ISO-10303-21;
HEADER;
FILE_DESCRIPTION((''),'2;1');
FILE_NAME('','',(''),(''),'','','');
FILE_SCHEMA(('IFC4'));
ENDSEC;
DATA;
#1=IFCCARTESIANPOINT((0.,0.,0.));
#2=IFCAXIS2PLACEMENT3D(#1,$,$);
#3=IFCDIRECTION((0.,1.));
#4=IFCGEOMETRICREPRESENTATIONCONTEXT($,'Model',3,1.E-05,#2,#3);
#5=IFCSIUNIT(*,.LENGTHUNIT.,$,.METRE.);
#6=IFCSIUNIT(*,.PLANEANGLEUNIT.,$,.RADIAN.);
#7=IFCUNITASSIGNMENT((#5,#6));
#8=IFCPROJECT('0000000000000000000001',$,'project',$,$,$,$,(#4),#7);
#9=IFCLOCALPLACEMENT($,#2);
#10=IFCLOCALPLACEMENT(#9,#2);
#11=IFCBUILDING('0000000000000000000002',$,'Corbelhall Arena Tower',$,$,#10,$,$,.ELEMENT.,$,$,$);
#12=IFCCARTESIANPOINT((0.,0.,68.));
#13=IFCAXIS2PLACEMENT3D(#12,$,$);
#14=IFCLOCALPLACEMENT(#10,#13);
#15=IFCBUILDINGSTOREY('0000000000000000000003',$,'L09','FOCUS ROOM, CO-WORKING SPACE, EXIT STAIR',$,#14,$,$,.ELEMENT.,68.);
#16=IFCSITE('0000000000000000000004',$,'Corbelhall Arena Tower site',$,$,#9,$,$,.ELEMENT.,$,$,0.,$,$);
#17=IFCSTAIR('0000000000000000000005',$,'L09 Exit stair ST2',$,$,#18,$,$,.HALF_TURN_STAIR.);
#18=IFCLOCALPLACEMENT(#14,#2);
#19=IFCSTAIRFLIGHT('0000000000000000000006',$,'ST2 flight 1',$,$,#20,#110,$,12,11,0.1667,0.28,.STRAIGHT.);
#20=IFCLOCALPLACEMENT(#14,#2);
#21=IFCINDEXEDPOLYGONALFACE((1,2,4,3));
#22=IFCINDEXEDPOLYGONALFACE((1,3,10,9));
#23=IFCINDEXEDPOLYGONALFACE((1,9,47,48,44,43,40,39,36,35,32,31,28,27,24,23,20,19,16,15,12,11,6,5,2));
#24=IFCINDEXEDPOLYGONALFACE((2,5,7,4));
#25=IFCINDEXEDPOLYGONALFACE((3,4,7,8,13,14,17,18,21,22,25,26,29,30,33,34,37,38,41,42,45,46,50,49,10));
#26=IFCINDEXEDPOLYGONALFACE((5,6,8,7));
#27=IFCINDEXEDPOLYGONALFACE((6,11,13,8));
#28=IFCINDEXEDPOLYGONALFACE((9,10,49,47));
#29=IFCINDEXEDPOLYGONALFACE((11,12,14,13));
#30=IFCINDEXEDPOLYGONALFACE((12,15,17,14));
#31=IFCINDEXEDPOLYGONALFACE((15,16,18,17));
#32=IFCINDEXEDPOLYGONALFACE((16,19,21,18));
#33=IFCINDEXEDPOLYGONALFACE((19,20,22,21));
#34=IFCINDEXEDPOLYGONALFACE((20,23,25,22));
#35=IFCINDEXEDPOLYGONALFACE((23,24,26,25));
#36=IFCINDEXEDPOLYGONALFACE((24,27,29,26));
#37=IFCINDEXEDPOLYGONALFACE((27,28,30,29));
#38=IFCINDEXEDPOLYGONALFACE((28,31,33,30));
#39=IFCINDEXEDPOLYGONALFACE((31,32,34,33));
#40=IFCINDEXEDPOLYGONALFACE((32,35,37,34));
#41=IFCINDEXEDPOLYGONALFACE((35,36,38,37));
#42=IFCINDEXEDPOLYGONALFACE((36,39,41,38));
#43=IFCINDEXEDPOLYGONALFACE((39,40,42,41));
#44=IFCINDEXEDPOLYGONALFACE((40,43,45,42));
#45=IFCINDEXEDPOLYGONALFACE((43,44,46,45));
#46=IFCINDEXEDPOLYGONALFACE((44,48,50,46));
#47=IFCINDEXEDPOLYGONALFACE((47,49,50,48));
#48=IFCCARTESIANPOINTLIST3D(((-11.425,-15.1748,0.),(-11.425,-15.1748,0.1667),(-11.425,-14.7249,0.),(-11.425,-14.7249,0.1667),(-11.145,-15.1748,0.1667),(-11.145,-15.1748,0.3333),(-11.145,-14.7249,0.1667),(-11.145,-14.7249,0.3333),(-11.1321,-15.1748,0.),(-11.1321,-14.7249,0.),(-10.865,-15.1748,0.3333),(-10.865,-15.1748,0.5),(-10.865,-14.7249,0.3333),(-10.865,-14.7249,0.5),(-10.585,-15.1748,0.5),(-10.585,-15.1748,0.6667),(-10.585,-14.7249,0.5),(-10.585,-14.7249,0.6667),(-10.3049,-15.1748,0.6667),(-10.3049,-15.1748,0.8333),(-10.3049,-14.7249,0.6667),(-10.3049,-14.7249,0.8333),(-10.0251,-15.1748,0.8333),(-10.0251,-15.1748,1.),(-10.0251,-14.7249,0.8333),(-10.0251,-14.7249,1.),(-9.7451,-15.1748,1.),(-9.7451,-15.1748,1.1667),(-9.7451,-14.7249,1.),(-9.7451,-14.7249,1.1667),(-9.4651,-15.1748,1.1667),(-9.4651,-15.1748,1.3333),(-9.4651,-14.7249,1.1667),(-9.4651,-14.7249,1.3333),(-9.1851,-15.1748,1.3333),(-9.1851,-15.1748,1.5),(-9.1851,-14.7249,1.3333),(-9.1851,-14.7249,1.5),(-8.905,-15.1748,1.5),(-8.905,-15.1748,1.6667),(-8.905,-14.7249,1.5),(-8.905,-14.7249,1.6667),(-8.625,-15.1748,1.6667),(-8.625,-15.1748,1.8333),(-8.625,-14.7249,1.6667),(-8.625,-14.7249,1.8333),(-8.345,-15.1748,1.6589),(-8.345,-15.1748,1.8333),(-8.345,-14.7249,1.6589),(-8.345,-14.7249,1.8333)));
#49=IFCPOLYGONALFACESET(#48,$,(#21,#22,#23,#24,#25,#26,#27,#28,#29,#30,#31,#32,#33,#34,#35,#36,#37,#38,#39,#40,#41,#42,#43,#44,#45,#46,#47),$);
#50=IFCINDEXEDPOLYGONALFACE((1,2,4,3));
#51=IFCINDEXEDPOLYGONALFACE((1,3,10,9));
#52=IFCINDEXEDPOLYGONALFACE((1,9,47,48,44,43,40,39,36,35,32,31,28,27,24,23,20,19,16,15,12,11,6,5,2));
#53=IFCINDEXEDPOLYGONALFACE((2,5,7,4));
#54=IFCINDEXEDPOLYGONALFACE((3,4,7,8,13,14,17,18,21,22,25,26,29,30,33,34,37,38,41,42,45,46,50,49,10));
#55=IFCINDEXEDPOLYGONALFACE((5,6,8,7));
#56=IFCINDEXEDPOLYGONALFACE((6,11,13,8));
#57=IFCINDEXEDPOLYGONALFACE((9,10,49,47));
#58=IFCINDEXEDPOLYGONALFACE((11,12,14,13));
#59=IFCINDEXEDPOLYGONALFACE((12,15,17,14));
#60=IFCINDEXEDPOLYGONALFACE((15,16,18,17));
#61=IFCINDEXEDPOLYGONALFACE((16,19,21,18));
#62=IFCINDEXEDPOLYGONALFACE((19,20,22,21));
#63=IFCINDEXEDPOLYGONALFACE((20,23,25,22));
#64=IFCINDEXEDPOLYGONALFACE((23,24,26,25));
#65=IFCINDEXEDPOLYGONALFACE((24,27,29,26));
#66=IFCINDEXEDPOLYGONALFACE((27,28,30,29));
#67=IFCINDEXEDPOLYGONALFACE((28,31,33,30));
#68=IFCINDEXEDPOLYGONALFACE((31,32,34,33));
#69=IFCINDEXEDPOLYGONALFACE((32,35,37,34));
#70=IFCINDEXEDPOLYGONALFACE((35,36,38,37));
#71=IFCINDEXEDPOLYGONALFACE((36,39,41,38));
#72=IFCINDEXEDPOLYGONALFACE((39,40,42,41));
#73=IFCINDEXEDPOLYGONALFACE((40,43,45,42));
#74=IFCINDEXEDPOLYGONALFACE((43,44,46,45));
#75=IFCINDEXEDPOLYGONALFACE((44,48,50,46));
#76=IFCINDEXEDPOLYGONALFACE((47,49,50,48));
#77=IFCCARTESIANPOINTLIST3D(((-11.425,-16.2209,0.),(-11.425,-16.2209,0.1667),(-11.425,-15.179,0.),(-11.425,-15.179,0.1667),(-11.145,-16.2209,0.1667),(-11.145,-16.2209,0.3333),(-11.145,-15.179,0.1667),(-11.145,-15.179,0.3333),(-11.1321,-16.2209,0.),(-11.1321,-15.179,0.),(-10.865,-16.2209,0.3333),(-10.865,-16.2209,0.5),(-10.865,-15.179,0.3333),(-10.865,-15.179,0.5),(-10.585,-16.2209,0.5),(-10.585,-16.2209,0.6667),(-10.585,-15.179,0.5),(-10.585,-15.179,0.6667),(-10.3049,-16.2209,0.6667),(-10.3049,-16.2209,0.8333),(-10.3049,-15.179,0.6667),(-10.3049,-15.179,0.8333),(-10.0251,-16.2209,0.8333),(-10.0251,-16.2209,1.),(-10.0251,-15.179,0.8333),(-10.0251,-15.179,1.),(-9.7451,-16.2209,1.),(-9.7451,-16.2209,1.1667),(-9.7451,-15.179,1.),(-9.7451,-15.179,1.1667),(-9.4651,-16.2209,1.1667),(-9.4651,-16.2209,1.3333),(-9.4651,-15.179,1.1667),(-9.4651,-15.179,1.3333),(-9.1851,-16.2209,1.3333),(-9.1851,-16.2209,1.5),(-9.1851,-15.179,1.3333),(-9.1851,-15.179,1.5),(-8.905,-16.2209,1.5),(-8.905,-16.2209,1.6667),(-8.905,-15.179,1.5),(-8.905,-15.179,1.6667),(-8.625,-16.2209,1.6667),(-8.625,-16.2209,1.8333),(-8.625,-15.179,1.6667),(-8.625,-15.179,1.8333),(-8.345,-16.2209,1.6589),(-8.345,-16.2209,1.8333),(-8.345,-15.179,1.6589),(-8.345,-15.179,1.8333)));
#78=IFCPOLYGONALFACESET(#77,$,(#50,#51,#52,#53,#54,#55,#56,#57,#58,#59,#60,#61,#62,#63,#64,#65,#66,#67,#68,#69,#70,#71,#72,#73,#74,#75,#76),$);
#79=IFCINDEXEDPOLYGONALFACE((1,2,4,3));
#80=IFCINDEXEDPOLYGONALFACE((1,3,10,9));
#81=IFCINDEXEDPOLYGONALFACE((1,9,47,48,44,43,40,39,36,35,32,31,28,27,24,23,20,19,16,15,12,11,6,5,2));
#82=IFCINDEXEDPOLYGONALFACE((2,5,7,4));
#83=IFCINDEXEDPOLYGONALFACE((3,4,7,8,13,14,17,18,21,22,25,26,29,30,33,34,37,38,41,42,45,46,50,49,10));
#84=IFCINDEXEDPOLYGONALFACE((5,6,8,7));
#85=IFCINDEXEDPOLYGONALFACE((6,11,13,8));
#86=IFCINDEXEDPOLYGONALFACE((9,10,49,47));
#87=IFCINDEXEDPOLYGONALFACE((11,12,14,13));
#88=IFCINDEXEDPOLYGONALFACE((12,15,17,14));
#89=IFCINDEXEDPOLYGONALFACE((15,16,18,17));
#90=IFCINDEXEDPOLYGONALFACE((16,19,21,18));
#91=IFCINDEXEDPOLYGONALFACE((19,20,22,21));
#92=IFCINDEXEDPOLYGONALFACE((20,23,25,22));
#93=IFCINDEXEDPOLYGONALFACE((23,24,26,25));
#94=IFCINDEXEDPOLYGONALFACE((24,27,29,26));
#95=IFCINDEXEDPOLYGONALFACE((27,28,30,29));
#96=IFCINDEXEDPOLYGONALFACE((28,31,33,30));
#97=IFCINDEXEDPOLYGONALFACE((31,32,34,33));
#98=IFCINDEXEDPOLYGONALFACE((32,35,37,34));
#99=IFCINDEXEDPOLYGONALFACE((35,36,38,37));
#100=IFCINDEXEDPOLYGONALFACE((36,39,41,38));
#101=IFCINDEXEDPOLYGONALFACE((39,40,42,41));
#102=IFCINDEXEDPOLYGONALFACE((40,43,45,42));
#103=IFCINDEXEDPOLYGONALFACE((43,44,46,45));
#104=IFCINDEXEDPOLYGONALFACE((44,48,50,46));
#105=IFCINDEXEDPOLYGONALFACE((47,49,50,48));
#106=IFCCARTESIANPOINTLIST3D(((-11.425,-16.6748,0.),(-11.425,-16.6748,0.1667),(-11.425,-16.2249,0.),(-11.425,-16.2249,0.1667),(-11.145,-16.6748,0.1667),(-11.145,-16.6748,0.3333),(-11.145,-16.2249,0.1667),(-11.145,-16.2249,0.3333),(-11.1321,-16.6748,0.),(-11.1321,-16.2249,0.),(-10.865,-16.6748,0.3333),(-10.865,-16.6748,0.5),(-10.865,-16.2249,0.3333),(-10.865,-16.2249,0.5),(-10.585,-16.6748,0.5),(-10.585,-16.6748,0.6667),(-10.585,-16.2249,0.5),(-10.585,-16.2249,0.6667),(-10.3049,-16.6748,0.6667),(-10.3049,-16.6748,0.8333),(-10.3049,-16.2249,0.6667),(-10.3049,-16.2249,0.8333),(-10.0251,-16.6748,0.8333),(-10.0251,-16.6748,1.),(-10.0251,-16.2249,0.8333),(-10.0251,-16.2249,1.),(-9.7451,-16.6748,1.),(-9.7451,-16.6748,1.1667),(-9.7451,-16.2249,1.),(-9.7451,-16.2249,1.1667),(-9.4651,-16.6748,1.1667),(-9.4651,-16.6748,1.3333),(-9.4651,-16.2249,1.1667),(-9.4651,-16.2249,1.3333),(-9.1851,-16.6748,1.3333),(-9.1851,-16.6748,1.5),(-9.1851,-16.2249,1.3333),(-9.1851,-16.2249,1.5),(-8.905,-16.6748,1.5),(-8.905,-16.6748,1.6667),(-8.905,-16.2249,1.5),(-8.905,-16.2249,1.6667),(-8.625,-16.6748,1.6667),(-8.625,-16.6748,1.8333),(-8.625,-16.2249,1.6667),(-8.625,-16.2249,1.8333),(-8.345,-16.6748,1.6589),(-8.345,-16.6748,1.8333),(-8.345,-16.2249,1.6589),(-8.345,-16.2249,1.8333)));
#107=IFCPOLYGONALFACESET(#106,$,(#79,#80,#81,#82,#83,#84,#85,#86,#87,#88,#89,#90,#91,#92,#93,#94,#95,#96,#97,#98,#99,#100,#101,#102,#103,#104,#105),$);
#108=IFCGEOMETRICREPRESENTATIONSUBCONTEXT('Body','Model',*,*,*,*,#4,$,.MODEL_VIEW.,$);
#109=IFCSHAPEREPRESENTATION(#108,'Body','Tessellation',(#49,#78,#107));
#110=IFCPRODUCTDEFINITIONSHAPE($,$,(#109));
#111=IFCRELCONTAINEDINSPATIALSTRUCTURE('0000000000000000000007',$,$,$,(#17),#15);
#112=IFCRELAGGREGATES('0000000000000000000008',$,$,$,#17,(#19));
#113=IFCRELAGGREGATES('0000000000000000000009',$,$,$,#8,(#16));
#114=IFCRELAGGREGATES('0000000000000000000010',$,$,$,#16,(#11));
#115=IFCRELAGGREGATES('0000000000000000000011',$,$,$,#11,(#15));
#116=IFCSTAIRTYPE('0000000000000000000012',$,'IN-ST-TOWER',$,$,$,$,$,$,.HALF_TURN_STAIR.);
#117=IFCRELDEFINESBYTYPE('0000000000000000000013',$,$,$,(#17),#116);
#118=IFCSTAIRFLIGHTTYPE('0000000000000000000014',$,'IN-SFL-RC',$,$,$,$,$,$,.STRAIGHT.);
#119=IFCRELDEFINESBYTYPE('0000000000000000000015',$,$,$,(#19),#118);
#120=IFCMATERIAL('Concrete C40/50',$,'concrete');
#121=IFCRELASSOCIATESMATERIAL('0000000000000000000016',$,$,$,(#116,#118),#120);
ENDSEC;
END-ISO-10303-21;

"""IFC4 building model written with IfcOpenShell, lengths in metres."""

from ifc_helpers import new_model, si_unit, direction, frame, origin, place, context, subcontext, project, spatial, polyline, outline, extrude, material, type_object, element, aggregate, save


model = new_model("IFC4")

# Units and contexts
model_context = context("Model", 3, precision=1e-05, world=origin(), true_north=direction((0.0, 1.0)))
body_context = subcontext(model_context, "Body", "Model", "MODEL_VIEW")
ifc_project = project(units=[si_unit("LENGTHUNIT", "METRE"), si_unit("PLANEANGLEUNIT", "RADIAN")], contexts=[model_context])

# Site, building, storey
site_placement = place(None, origin())
site = spatial("IfcSite", under=ifc_project, at=site_placement, Name="Corbelhall Arena Tower site", CompositionType="ELEMENT", RefElevation=0.0)
building_placement = place(site_placement, origin())
building = spatial("IfcBuilding", under=site, at=building_placement, Name="Corbelhall Arena Tower", CompositionType="ELEMENT")
storey_placement = place(building_placement, frame((0.0, 0.0, 68.0)))
storey = spatial("IfcBuildingStorey", under=building, at=storey_placement, Name="L09", Description="FOCUS ROOM, CO-WORKING SPACE, EXIT STAIR", CompositionType="ELEMENT", Elevation=68.0)

# Stair, stair flight
ifc_material_1 = material(Name="Concrete C40/50", Category="concrete")
stair_type = type_object("IfcStairType", Name="IN-ST-TOWER", PredefinedType="HALF_TURN_STAIR", material=ifc_material_1)
stair_placement = place(storey_placement, origin())
stair = element("IfcStair", 1, at=stair_placement, inside=storey, type_object=stair_type, Name="L09 Exit stair ST2", PredefinedType="HALF_TURN_STAIR")
stair_flight_type = type_object("IfcStairFlightType", Name="IN-SFL-RC", PredefinedType="STRAIGHT", material=ifc_material_1)
stair_flight_placement = place(storey_placement, frame((-11.425, -15.7, 0.0), z_axis=(0.0, 0.0, 1.0), x_axis=(1.0, 0.0, 0.0)))
stair_flight = element("IfcStairFlight", 2, at=stair_flight_placement, type_object=stair_flight_type, Name="ST2 flight 1", NumberOfRisers=12, NumberOfTreads=11, PredefinedType="STRAIGHT", RiserHeight=0.1667, TreadLength=0.28, context=body_context, shape_type="SweptSolid", body=[
    extrude(outline(polyline([(0.0, 0.0), (0.0, 0.1667), (0.28, 0.1667), (0.28, 0.3333), (0.5601, 0.3333), (0.5601, 0.5), (0.8401, 0.5), (0.8401, 0.6667), (1.1201, 0.6667), (1.1201, 0.8333), (1.3999, 0.8333), (1.3999, 1.0), (1.6799, 1.0), (1.6799, 1.1667), (1.96, 1.1667), (1.96, 1.3333), (2.24, 1.3333), (2.24, 1.5), (2.52, 1.5), (2.52, 1.6667), (2.8, 1.6667), (2.8, 1.8333), (3.0801, 1.8333), (3.0801, 2.0), (3.0801, 1.6589), (0.293, 0.0), (0.0, 0.0)])), frame((0.0, 0.9751, 0.0), z_axis=(0.0, -1.0, 0.0), x_axis=(1.0, 0.0, 0.0)), (0.0, 0.0, 1.0), 0.45),
    extrude(outline(polyline([(0.0, 0.0), (0.0, 0.1667), (0.28, 0.1667), (0.28, 0.3333), (0.5601, 0.3333), (0.5601, 0.5), (0.8401, 0.5), (0.8401, 0.6667), (1.1201, 0.6667), (1.1201, 0.8333), (1.3999, 0.8333), (1.3999, 1.0), (1.6799, 1.0), (1.6799, 1.1667), (1.96, 1.1667), (1.96, 1.3333), (2.24, 1.3333), (2.24, 1.5), (2.52, 1.5), (2.52, 1.6667), (2.8, 1.6667), (2.8, 1.8333), (3.0801, 1.8333), (3.0801, 2.0), (3.0801, 1.6589), (0.293, 0.0), (0.0, 0.0)])), frame((0.0, 0.521, 0.0), z_axis=(0.0, -1.0, 0.0), x_axis=(1.0, 0.0, 0.0)), (0.0, 0.0, 1.0), 1.042),
    extrude(outline(polyline([(0.0, 0.0), (0.0, 0.1667), (0.28, 0.1667), (0.28, 0.3333), (0.5601, 0.3333), (0.5601, 0.5), (0.8401, 0.5), (0.8401, 0.6667), (1.1201, 0.6667), (1.1201, 0.8333), (1.3999, 0.8333), (1.3999, 1.0), (1.6799, 1.0), (1.6799, 1.1667), (1.96, 1.1667), (1.96, 1.3333), (2.24, 1.3333), (2.24, 1.5), (2.52, 1.5), (2.52, 1.6667), (2.8, 1.6667), (2.8, 1.8333), (3.0801, 1.8333), (3.0801, 2.0), (3.0801, 1.6589), (0.293, 0.0), (0.0, 0.0)])), frame((0.0, -0.5249, 0.0), z_axis=(0.0, -1.0, 0.0), x_axis=(1.0, 0.0, 0.0)), (0.0, 0.0, 1.0), 0.45),
])
aggregate(stair, [stair_flight])

save(model, "model.ifc")
